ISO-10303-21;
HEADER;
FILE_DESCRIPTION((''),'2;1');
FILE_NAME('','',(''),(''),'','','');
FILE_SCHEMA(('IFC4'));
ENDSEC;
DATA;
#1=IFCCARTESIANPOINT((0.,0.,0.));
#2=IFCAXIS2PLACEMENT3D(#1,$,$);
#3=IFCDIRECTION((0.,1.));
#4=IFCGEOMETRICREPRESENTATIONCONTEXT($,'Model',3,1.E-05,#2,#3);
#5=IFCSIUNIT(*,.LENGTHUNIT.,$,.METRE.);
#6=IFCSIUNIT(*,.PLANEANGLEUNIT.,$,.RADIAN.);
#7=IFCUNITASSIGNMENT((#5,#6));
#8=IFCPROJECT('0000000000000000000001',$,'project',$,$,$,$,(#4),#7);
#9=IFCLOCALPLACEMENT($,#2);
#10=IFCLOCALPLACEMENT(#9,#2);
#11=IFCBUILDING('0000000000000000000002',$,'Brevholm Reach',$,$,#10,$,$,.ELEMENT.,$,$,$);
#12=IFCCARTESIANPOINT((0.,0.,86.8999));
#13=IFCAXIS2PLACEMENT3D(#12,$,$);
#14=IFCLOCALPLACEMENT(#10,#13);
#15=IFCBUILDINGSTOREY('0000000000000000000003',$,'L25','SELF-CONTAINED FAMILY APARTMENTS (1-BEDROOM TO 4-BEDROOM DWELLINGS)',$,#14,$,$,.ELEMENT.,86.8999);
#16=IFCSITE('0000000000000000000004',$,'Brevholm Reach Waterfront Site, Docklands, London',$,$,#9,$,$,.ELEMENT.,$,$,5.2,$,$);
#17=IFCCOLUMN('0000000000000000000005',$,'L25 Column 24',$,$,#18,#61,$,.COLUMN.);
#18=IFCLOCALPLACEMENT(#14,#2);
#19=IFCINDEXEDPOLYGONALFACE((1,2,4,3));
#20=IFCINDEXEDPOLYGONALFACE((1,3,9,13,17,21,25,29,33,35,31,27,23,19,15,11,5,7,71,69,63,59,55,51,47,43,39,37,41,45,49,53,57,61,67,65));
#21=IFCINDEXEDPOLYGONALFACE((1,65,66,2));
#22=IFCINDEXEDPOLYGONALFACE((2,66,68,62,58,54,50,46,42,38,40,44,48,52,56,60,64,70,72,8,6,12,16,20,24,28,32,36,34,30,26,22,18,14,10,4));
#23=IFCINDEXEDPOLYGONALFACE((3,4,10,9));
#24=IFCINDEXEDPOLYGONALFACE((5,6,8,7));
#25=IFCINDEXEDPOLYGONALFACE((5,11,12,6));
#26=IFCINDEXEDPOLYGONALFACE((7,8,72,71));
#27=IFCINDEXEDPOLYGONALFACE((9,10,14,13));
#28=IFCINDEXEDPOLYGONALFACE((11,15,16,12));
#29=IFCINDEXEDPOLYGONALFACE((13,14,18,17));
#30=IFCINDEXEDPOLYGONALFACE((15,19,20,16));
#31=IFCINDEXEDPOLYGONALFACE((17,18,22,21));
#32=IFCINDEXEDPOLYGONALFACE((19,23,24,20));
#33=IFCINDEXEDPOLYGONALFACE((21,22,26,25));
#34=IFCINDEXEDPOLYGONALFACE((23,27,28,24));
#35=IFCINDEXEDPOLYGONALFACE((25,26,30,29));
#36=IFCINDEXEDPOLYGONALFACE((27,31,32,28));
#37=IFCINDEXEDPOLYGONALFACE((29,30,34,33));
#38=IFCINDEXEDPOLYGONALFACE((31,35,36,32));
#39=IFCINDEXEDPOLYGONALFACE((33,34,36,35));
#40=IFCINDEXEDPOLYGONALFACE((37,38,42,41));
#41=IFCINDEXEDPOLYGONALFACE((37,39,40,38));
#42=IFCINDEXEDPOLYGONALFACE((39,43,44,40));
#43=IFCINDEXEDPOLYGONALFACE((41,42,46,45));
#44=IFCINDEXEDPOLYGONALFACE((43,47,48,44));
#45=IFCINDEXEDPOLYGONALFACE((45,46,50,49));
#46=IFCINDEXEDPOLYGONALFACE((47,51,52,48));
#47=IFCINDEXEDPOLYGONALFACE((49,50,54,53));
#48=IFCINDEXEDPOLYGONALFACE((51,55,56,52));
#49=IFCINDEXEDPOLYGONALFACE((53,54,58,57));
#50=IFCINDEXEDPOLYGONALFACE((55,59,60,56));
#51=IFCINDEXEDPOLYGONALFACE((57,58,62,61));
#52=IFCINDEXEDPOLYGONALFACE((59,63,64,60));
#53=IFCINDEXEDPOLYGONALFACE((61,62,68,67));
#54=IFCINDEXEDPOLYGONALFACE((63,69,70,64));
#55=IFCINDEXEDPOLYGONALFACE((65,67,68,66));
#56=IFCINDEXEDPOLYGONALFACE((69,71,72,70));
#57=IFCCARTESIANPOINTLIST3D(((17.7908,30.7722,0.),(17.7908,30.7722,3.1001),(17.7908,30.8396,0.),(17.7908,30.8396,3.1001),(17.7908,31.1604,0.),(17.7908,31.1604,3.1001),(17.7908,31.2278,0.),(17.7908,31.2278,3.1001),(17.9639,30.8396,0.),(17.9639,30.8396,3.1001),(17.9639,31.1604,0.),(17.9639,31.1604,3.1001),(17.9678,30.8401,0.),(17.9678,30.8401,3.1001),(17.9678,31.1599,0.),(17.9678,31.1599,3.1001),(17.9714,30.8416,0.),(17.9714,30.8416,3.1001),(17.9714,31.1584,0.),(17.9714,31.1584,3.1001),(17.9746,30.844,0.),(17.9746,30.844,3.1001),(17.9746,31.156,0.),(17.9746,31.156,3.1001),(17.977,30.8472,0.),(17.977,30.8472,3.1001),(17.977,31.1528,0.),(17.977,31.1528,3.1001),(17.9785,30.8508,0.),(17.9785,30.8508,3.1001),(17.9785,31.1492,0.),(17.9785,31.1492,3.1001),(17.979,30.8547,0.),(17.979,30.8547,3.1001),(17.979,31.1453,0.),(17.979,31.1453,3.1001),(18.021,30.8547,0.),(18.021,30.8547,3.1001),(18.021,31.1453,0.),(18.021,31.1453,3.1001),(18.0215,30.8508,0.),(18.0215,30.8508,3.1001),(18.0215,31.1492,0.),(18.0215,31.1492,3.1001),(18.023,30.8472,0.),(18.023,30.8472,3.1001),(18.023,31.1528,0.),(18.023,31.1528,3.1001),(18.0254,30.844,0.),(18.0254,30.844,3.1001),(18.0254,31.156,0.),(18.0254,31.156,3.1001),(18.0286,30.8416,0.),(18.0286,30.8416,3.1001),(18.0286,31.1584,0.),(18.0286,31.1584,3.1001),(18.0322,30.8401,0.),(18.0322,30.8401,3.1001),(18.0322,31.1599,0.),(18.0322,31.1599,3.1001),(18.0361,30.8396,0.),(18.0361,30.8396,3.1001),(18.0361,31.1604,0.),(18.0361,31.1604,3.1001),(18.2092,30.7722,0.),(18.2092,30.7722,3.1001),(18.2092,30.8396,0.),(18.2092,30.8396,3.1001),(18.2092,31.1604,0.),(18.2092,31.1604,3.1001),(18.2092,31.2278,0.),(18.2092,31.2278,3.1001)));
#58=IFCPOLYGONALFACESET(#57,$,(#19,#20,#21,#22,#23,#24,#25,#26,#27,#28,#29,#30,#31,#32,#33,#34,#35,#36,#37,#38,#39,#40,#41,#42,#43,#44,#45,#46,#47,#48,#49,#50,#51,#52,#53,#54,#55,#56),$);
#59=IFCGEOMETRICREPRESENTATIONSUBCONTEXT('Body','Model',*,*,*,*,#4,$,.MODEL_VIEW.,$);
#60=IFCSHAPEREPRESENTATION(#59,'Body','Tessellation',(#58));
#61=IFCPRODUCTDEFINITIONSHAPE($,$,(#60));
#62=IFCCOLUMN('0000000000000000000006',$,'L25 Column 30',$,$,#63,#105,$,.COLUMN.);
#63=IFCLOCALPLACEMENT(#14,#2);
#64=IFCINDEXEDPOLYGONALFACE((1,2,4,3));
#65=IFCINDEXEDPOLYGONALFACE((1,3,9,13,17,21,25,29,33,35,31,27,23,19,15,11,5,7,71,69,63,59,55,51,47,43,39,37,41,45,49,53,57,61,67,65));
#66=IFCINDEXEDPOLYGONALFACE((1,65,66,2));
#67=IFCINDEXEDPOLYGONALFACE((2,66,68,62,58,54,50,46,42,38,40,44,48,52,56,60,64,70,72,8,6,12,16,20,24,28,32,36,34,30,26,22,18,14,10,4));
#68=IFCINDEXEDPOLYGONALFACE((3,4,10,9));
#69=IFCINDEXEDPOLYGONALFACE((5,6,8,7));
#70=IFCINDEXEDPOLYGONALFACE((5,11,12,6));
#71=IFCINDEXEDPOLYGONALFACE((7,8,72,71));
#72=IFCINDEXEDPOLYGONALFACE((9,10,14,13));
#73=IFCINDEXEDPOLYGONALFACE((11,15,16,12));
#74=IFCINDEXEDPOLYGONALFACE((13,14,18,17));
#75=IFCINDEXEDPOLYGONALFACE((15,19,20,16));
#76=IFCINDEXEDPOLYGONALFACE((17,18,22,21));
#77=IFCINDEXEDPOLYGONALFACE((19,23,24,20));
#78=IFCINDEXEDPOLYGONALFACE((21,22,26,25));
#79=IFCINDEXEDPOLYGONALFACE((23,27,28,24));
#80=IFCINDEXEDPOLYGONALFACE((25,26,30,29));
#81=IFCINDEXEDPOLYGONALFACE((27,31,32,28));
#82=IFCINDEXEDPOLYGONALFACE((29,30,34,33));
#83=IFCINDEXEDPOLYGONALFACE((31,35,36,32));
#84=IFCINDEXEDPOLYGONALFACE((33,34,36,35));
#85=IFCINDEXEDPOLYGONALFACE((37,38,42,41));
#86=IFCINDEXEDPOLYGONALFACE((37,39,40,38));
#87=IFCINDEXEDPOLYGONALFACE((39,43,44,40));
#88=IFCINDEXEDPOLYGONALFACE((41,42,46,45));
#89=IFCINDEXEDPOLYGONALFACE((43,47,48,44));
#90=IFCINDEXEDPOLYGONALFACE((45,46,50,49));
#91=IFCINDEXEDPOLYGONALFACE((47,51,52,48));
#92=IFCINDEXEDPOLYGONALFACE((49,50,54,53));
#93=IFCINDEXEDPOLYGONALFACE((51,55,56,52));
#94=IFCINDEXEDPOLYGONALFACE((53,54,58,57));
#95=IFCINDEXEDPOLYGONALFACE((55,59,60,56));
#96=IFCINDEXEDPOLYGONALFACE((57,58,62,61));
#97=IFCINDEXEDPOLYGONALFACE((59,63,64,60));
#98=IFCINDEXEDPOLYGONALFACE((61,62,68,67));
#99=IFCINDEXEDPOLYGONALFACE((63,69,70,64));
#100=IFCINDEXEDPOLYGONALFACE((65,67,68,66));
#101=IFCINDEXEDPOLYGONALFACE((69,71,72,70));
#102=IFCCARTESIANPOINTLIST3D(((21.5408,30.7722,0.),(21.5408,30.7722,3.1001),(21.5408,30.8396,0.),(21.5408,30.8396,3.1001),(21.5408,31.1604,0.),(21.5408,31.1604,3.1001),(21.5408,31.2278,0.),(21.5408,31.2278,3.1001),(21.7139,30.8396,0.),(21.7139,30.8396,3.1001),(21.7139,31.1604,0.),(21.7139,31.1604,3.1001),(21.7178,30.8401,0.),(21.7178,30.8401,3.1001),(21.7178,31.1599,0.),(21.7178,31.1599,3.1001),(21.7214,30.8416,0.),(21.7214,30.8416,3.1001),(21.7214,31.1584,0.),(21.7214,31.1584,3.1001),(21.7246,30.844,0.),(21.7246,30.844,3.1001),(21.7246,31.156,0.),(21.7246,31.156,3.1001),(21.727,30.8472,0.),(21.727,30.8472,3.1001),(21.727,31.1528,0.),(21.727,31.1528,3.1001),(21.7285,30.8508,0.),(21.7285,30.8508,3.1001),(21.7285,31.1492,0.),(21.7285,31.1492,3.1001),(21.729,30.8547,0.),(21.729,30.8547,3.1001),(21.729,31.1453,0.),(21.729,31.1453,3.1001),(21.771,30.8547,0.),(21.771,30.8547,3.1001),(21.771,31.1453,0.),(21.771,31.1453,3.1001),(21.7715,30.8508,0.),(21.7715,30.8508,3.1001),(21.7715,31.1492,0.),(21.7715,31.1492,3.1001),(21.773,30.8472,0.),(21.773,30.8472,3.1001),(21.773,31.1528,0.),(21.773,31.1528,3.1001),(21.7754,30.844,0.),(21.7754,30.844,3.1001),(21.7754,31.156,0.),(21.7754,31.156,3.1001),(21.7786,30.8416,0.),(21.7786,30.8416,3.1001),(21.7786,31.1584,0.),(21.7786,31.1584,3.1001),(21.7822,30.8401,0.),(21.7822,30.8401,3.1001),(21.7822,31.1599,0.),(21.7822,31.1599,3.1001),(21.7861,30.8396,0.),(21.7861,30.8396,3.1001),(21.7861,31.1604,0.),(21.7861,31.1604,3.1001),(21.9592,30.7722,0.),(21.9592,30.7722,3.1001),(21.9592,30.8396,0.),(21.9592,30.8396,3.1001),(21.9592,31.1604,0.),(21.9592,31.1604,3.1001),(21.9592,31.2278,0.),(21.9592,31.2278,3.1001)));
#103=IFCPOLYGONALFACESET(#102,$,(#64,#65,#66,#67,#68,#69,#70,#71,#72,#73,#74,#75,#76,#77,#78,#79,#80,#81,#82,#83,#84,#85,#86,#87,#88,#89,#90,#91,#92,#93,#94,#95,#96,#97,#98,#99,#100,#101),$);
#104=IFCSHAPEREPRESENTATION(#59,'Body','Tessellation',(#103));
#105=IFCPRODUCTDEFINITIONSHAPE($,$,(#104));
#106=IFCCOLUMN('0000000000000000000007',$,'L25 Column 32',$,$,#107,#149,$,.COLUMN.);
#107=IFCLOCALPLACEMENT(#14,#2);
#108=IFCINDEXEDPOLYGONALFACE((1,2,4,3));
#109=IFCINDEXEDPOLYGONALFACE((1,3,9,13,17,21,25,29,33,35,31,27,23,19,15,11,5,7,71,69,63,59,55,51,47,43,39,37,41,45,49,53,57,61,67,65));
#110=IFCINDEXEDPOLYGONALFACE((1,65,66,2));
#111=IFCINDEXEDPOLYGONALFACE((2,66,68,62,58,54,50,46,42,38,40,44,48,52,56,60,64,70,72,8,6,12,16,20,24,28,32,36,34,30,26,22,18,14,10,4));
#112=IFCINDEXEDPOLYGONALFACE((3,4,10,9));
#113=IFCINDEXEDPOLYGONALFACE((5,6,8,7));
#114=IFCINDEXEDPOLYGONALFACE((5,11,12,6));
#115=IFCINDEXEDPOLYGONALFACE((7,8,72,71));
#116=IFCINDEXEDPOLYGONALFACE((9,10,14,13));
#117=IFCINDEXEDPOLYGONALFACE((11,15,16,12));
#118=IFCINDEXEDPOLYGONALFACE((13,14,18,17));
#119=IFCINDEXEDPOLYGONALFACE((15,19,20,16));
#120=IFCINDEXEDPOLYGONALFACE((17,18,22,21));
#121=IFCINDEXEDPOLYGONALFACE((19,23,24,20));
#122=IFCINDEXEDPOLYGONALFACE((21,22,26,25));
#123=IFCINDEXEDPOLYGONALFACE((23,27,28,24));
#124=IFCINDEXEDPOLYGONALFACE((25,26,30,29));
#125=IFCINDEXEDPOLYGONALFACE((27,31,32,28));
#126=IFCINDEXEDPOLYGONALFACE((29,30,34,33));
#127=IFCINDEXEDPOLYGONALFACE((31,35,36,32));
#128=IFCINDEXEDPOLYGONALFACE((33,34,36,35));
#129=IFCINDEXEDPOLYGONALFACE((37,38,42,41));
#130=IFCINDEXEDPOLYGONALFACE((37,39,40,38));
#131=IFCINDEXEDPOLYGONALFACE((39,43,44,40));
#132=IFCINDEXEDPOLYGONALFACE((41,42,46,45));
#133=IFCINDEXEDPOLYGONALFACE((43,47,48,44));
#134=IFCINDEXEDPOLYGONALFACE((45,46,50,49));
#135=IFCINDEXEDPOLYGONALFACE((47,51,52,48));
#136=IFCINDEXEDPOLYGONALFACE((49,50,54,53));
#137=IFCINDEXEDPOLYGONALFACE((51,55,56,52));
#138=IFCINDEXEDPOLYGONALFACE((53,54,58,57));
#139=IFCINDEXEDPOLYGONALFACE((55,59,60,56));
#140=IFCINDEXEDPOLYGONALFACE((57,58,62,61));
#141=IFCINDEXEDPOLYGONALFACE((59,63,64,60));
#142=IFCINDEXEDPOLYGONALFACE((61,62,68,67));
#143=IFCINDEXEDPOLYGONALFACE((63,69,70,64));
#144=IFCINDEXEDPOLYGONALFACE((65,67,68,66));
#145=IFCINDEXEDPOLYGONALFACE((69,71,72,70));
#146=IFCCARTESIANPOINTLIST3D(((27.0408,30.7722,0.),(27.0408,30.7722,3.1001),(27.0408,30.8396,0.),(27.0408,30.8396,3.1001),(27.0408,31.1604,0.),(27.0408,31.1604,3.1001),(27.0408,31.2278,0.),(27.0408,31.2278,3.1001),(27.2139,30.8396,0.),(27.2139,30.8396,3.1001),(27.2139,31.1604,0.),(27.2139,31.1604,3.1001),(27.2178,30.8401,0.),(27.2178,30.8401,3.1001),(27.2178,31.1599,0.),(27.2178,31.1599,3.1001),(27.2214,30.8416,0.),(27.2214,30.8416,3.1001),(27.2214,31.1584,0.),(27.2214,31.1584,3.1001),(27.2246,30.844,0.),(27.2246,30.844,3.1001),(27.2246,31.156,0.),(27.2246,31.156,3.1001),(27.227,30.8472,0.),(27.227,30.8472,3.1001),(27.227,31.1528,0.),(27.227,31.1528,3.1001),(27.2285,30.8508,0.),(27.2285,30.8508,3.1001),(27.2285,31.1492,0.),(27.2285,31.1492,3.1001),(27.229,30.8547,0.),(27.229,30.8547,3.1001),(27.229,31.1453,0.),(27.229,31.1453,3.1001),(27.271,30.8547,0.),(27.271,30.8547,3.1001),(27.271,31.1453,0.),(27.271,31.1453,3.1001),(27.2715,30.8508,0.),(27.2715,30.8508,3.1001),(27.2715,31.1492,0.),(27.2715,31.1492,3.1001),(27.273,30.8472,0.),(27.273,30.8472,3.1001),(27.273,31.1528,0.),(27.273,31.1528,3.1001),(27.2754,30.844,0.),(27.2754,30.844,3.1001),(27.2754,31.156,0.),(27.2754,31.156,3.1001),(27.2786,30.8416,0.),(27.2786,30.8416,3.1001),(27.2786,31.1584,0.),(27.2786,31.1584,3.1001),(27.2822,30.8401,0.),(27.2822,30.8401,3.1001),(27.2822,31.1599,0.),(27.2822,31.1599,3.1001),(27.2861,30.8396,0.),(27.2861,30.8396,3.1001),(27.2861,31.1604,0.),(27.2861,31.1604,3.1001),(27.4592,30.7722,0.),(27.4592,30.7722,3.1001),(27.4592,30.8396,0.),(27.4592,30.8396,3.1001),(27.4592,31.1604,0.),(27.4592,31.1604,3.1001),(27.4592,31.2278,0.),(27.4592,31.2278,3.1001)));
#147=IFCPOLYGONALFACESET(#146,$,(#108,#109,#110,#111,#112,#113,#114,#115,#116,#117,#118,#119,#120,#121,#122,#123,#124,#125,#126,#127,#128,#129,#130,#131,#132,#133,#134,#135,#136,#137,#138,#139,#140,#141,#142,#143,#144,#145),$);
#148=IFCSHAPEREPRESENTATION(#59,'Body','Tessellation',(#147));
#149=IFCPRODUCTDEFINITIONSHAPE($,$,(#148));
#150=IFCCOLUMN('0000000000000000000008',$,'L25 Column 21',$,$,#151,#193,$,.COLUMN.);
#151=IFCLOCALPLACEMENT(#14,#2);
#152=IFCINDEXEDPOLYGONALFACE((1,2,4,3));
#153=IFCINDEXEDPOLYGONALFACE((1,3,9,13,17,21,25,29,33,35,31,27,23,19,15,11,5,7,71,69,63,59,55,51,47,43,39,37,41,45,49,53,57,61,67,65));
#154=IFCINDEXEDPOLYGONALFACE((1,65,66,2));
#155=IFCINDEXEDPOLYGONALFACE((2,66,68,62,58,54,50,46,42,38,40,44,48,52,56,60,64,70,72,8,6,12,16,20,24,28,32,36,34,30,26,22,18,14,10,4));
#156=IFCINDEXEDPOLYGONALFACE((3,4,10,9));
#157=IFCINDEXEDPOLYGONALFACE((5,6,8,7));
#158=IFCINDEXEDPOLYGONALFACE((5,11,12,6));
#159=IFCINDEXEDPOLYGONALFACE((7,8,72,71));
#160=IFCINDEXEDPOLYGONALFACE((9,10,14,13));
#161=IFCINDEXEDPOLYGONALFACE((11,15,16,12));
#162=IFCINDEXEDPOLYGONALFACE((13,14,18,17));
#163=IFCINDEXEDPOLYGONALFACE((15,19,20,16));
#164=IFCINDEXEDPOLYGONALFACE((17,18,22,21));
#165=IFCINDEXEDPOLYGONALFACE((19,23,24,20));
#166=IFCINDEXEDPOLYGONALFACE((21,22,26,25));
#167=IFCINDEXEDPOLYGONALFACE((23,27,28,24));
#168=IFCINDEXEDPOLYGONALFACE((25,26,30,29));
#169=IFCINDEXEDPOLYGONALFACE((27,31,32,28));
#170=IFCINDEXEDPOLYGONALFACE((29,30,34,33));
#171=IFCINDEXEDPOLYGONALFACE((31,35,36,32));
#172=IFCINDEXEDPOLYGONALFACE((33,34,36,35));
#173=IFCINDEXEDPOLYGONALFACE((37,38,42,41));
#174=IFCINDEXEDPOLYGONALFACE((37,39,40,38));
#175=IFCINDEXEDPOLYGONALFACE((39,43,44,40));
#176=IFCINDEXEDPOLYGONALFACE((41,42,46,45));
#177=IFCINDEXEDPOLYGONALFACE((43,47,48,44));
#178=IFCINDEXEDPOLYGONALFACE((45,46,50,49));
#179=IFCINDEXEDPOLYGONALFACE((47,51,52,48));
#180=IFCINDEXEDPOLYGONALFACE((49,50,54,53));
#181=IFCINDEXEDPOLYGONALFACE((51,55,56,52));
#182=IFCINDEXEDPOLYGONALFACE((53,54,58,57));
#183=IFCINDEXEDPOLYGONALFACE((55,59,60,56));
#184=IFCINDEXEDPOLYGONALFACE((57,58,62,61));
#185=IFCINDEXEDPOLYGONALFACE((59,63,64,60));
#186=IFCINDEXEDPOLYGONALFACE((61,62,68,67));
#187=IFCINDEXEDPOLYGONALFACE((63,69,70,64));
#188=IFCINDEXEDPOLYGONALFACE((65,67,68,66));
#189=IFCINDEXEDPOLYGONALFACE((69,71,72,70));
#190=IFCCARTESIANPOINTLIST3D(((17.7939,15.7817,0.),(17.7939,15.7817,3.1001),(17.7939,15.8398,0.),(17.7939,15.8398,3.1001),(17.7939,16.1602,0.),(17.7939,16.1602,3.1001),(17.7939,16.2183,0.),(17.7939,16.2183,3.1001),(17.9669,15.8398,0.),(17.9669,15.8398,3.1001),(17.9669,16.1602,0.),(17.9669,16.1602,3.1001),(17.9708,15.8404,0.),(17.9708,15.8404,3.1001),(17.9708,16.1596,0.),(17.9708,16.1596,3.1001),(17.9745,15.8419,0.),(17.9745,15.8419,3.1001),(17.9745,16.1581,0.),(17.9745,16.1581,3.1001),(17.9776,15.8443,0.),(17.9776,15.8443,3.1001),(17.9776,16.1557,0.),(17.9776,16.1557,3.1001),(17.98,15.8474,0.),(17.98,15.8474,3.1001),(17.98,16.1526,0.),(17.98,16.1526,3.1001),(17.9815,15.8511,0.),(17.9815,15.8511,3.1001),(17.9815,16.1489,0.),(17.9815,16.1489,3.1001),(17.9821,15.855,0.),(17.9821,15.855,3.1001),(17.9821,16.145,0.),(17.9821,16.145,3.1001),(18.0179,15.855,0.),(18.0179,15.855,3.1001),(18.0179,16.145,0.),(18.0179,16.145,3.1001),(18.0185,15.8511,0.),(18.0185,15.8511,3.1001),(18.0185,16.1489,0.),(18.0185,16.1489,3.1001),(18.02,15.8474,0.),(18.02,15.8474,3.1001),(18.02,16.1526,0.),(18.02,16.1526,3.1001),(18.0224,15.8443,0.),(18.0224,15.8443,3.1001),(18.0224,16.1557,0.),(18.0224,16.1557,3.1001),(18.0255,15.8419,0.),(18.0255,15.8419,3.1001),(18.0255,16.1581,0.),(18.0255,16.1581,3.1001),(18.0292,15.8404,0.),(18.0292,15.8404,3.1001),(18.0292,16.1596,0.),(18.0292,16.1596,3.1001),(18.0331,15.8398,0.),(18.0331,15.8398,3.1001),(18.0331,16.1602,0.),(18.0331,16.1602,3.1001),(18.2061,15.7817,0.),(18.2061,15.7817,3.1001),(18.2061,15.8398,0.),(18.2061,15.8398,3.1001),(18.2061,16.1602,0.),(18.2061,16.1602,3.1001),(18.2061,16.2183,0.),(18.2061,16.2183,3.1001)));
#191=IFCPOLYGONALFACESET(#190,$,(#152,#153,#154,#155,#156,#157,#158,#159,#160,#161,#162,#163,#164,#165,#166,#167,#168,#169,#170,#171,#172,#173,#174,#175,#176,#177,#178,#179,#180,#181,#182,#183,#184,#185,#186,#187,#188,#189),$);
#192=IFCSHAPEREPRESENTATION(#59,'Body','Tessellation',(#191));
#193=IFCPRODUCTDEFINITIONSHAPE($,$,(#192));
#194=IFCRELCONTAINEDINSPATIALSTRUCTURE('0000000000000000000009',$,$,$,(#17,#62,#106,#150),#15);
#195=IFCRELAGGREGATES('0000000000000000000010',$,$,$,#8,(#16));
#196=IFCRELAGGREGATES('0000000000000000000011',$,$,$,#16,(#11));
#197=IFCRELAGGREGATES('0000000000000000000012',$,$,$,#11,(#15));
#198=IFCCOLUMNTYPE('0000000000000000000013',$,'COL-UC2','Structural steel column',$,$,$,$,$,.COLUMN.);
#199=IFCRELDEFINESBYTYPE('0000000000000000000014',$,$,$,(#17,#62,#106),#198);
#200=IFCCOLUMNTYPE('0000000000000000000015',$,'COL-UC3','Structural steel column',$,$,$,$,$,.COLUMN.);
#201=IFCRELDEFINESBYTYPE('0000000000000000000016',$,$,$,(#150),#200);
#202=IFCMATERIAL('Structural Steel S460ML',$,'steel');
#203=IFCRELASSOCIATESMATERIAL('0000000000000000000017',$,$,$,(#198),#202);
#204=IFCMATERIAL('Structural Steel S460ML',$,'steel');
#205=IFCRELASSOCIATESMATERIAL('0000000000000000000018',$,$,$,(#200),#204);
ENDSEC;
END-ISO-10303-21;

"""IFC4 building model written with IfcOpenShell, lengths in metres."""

from ifc_helpers import new_model, si_unit, direction, frame, origin, origin_2d, place, context, subcontext, project, spatial, i_section, extrude, material, material_profile, profile_set, type_object, element, save


model = new_model("IFC4")

# Units and contexts
model_context = context("Model", 3, precision=1e-05, world=origin(), true_north=direction((0.0, 1.0)))
body_context = subcontext(model_context, "Body", "Model", "MODEL_VIEW")
ifc_project = project(units=[si_unit("LENGTHUNIT", "METRE"), si_unit("PLANEANGLEUNIT", "RADIAN")], contexts=[model_context])

# Site, building, storey
site_placement = place(None, origin())
site = spatial("IfcSite", under=ifc_project, at=site_placement, Name="Brevholm Reach Waterfront Site, Docklands, London", CompositionType="ELEMENT", RefElevation=5.2)
building_placement = place(site_placement, origin())
building = spatial("IfcBuilding", under=site, at=building_placement, Name="Brevholm Reach", CompositionType="ELEMENT")
storey_placement = place(building_placement, frame((0.0, 0.0, 86.8999)))
storey = spatial("IfcBuildingStorey", under=building, at=storey_placement, Name="L25", Description="SELF-CONTAINED FAMILY APARTMENTS (1-BEDROOM TO 4-BEDROOM DWELLINGS)", CompositionType="ELEMENT", Elevation=86.8999)

# Columns
ifc_material_1 = material(Name="Structural Steel S460ML", Category="steel")
ifc_material_profile_1 = material_profile(ifc_material_1, i_section(OverallWidth=0.4185, OverallDepth=0.4556, WebThickness=0.042, FlangeThickness=0.0674, FilletRadius=0.0151, at=origin_2d()), Name="UKC 356x406x551")
ifc_profile_set_1 = profile_set([ifc_material_profile_1], Name="Structural Steel S460ML")
column_type_1 = type_object("IfcColumnType", Name="COL-UC2", Description="Structural steel column", PredefinedType="COLUMN", material=ifc_profile_set_1)
for number, where, z_axis, x_axis, name in (
    (1, (18.0, 31.0, 0.0), (0.0, 0.0, 1.0), (1.0, 0.0, 0.0), "L25 Column 24"),
    (2, (21.75, 31.0, 0.0), (0.0, 0.0, 1.0), (1.0, 0.0, 0.0), "L25 Column 30"),
    (3, (27.25, 31.0, 0.0), (0.0, 0.0, 1.0), (1.0, 0.0, 0.0), "L25 Column 32"),
):
    element("IfcColumn", number, at=place(storey_placement, frame(where, z_axis=z_axis, x_axis=x_axis)), inside=storey, type_object=column_type_1, Name=name, PredefinedType="COLUMN", context=body_context, shape_type="SweptSolid", body=[
        extrude(i_section(OverallWidth=0.4185, OverallDepth=0.4556, WebThickness=0.042, FlangeThickness=0.0674, FilletRadius=0.0151, at=origin_2d()), origin(), (0.0, 0.0, 1.0), 3.1001),
    ])
ifc_material_2 = material(Name="Structural Steel S460ML", Category="steel")
ifc_material_profile_2 = material_profile(ifc_material_2, i_section(OverallWidth=0.4121, OverallDepth=0.4365, WebThickness=0.0359, FlangeThickness=0.0581, FilletRadius=0.0151, at=origin_2d()), Name="UKC 356x406x467")
ifc_profile_set_2 = profile_set([ifc_material_profile_2], Name="Structural Steel S460ML")
column_type_2 = type_object("IfcColumnType", Name="COL-UC3", Description="Structural steel column", PredefinedType="COLUMN", material=ifc_profile_set_2)
for number, where, z_axis, x_axis, name in (
    (4, (18.0, 16.0, 0.0), (0.0, 0.0, 1.0), (1.0, 0.0, 0.0), "L25 Column 21"),
):
    element("IfcColumn", number, at=place(storey_placement, frame(where, z_axis=z_axis, x_axis=x_axis)), inside=storey, type_object=column_type_2, Name=name, PredefinedType="COLUMN", context=body_context, shape_type="SweptSolid", body=[
        extrude(i_section(OverallWidth=0.4121, OverallDepth=0.4365, WebThickness=0.0359, FlangeThickness=0.0581, FilletRadius=0.0151, at=origin_2d()), origin(), (0.0, 0.0, 1.0), 3.1001),
    ])

save(model, "model.ifc")
